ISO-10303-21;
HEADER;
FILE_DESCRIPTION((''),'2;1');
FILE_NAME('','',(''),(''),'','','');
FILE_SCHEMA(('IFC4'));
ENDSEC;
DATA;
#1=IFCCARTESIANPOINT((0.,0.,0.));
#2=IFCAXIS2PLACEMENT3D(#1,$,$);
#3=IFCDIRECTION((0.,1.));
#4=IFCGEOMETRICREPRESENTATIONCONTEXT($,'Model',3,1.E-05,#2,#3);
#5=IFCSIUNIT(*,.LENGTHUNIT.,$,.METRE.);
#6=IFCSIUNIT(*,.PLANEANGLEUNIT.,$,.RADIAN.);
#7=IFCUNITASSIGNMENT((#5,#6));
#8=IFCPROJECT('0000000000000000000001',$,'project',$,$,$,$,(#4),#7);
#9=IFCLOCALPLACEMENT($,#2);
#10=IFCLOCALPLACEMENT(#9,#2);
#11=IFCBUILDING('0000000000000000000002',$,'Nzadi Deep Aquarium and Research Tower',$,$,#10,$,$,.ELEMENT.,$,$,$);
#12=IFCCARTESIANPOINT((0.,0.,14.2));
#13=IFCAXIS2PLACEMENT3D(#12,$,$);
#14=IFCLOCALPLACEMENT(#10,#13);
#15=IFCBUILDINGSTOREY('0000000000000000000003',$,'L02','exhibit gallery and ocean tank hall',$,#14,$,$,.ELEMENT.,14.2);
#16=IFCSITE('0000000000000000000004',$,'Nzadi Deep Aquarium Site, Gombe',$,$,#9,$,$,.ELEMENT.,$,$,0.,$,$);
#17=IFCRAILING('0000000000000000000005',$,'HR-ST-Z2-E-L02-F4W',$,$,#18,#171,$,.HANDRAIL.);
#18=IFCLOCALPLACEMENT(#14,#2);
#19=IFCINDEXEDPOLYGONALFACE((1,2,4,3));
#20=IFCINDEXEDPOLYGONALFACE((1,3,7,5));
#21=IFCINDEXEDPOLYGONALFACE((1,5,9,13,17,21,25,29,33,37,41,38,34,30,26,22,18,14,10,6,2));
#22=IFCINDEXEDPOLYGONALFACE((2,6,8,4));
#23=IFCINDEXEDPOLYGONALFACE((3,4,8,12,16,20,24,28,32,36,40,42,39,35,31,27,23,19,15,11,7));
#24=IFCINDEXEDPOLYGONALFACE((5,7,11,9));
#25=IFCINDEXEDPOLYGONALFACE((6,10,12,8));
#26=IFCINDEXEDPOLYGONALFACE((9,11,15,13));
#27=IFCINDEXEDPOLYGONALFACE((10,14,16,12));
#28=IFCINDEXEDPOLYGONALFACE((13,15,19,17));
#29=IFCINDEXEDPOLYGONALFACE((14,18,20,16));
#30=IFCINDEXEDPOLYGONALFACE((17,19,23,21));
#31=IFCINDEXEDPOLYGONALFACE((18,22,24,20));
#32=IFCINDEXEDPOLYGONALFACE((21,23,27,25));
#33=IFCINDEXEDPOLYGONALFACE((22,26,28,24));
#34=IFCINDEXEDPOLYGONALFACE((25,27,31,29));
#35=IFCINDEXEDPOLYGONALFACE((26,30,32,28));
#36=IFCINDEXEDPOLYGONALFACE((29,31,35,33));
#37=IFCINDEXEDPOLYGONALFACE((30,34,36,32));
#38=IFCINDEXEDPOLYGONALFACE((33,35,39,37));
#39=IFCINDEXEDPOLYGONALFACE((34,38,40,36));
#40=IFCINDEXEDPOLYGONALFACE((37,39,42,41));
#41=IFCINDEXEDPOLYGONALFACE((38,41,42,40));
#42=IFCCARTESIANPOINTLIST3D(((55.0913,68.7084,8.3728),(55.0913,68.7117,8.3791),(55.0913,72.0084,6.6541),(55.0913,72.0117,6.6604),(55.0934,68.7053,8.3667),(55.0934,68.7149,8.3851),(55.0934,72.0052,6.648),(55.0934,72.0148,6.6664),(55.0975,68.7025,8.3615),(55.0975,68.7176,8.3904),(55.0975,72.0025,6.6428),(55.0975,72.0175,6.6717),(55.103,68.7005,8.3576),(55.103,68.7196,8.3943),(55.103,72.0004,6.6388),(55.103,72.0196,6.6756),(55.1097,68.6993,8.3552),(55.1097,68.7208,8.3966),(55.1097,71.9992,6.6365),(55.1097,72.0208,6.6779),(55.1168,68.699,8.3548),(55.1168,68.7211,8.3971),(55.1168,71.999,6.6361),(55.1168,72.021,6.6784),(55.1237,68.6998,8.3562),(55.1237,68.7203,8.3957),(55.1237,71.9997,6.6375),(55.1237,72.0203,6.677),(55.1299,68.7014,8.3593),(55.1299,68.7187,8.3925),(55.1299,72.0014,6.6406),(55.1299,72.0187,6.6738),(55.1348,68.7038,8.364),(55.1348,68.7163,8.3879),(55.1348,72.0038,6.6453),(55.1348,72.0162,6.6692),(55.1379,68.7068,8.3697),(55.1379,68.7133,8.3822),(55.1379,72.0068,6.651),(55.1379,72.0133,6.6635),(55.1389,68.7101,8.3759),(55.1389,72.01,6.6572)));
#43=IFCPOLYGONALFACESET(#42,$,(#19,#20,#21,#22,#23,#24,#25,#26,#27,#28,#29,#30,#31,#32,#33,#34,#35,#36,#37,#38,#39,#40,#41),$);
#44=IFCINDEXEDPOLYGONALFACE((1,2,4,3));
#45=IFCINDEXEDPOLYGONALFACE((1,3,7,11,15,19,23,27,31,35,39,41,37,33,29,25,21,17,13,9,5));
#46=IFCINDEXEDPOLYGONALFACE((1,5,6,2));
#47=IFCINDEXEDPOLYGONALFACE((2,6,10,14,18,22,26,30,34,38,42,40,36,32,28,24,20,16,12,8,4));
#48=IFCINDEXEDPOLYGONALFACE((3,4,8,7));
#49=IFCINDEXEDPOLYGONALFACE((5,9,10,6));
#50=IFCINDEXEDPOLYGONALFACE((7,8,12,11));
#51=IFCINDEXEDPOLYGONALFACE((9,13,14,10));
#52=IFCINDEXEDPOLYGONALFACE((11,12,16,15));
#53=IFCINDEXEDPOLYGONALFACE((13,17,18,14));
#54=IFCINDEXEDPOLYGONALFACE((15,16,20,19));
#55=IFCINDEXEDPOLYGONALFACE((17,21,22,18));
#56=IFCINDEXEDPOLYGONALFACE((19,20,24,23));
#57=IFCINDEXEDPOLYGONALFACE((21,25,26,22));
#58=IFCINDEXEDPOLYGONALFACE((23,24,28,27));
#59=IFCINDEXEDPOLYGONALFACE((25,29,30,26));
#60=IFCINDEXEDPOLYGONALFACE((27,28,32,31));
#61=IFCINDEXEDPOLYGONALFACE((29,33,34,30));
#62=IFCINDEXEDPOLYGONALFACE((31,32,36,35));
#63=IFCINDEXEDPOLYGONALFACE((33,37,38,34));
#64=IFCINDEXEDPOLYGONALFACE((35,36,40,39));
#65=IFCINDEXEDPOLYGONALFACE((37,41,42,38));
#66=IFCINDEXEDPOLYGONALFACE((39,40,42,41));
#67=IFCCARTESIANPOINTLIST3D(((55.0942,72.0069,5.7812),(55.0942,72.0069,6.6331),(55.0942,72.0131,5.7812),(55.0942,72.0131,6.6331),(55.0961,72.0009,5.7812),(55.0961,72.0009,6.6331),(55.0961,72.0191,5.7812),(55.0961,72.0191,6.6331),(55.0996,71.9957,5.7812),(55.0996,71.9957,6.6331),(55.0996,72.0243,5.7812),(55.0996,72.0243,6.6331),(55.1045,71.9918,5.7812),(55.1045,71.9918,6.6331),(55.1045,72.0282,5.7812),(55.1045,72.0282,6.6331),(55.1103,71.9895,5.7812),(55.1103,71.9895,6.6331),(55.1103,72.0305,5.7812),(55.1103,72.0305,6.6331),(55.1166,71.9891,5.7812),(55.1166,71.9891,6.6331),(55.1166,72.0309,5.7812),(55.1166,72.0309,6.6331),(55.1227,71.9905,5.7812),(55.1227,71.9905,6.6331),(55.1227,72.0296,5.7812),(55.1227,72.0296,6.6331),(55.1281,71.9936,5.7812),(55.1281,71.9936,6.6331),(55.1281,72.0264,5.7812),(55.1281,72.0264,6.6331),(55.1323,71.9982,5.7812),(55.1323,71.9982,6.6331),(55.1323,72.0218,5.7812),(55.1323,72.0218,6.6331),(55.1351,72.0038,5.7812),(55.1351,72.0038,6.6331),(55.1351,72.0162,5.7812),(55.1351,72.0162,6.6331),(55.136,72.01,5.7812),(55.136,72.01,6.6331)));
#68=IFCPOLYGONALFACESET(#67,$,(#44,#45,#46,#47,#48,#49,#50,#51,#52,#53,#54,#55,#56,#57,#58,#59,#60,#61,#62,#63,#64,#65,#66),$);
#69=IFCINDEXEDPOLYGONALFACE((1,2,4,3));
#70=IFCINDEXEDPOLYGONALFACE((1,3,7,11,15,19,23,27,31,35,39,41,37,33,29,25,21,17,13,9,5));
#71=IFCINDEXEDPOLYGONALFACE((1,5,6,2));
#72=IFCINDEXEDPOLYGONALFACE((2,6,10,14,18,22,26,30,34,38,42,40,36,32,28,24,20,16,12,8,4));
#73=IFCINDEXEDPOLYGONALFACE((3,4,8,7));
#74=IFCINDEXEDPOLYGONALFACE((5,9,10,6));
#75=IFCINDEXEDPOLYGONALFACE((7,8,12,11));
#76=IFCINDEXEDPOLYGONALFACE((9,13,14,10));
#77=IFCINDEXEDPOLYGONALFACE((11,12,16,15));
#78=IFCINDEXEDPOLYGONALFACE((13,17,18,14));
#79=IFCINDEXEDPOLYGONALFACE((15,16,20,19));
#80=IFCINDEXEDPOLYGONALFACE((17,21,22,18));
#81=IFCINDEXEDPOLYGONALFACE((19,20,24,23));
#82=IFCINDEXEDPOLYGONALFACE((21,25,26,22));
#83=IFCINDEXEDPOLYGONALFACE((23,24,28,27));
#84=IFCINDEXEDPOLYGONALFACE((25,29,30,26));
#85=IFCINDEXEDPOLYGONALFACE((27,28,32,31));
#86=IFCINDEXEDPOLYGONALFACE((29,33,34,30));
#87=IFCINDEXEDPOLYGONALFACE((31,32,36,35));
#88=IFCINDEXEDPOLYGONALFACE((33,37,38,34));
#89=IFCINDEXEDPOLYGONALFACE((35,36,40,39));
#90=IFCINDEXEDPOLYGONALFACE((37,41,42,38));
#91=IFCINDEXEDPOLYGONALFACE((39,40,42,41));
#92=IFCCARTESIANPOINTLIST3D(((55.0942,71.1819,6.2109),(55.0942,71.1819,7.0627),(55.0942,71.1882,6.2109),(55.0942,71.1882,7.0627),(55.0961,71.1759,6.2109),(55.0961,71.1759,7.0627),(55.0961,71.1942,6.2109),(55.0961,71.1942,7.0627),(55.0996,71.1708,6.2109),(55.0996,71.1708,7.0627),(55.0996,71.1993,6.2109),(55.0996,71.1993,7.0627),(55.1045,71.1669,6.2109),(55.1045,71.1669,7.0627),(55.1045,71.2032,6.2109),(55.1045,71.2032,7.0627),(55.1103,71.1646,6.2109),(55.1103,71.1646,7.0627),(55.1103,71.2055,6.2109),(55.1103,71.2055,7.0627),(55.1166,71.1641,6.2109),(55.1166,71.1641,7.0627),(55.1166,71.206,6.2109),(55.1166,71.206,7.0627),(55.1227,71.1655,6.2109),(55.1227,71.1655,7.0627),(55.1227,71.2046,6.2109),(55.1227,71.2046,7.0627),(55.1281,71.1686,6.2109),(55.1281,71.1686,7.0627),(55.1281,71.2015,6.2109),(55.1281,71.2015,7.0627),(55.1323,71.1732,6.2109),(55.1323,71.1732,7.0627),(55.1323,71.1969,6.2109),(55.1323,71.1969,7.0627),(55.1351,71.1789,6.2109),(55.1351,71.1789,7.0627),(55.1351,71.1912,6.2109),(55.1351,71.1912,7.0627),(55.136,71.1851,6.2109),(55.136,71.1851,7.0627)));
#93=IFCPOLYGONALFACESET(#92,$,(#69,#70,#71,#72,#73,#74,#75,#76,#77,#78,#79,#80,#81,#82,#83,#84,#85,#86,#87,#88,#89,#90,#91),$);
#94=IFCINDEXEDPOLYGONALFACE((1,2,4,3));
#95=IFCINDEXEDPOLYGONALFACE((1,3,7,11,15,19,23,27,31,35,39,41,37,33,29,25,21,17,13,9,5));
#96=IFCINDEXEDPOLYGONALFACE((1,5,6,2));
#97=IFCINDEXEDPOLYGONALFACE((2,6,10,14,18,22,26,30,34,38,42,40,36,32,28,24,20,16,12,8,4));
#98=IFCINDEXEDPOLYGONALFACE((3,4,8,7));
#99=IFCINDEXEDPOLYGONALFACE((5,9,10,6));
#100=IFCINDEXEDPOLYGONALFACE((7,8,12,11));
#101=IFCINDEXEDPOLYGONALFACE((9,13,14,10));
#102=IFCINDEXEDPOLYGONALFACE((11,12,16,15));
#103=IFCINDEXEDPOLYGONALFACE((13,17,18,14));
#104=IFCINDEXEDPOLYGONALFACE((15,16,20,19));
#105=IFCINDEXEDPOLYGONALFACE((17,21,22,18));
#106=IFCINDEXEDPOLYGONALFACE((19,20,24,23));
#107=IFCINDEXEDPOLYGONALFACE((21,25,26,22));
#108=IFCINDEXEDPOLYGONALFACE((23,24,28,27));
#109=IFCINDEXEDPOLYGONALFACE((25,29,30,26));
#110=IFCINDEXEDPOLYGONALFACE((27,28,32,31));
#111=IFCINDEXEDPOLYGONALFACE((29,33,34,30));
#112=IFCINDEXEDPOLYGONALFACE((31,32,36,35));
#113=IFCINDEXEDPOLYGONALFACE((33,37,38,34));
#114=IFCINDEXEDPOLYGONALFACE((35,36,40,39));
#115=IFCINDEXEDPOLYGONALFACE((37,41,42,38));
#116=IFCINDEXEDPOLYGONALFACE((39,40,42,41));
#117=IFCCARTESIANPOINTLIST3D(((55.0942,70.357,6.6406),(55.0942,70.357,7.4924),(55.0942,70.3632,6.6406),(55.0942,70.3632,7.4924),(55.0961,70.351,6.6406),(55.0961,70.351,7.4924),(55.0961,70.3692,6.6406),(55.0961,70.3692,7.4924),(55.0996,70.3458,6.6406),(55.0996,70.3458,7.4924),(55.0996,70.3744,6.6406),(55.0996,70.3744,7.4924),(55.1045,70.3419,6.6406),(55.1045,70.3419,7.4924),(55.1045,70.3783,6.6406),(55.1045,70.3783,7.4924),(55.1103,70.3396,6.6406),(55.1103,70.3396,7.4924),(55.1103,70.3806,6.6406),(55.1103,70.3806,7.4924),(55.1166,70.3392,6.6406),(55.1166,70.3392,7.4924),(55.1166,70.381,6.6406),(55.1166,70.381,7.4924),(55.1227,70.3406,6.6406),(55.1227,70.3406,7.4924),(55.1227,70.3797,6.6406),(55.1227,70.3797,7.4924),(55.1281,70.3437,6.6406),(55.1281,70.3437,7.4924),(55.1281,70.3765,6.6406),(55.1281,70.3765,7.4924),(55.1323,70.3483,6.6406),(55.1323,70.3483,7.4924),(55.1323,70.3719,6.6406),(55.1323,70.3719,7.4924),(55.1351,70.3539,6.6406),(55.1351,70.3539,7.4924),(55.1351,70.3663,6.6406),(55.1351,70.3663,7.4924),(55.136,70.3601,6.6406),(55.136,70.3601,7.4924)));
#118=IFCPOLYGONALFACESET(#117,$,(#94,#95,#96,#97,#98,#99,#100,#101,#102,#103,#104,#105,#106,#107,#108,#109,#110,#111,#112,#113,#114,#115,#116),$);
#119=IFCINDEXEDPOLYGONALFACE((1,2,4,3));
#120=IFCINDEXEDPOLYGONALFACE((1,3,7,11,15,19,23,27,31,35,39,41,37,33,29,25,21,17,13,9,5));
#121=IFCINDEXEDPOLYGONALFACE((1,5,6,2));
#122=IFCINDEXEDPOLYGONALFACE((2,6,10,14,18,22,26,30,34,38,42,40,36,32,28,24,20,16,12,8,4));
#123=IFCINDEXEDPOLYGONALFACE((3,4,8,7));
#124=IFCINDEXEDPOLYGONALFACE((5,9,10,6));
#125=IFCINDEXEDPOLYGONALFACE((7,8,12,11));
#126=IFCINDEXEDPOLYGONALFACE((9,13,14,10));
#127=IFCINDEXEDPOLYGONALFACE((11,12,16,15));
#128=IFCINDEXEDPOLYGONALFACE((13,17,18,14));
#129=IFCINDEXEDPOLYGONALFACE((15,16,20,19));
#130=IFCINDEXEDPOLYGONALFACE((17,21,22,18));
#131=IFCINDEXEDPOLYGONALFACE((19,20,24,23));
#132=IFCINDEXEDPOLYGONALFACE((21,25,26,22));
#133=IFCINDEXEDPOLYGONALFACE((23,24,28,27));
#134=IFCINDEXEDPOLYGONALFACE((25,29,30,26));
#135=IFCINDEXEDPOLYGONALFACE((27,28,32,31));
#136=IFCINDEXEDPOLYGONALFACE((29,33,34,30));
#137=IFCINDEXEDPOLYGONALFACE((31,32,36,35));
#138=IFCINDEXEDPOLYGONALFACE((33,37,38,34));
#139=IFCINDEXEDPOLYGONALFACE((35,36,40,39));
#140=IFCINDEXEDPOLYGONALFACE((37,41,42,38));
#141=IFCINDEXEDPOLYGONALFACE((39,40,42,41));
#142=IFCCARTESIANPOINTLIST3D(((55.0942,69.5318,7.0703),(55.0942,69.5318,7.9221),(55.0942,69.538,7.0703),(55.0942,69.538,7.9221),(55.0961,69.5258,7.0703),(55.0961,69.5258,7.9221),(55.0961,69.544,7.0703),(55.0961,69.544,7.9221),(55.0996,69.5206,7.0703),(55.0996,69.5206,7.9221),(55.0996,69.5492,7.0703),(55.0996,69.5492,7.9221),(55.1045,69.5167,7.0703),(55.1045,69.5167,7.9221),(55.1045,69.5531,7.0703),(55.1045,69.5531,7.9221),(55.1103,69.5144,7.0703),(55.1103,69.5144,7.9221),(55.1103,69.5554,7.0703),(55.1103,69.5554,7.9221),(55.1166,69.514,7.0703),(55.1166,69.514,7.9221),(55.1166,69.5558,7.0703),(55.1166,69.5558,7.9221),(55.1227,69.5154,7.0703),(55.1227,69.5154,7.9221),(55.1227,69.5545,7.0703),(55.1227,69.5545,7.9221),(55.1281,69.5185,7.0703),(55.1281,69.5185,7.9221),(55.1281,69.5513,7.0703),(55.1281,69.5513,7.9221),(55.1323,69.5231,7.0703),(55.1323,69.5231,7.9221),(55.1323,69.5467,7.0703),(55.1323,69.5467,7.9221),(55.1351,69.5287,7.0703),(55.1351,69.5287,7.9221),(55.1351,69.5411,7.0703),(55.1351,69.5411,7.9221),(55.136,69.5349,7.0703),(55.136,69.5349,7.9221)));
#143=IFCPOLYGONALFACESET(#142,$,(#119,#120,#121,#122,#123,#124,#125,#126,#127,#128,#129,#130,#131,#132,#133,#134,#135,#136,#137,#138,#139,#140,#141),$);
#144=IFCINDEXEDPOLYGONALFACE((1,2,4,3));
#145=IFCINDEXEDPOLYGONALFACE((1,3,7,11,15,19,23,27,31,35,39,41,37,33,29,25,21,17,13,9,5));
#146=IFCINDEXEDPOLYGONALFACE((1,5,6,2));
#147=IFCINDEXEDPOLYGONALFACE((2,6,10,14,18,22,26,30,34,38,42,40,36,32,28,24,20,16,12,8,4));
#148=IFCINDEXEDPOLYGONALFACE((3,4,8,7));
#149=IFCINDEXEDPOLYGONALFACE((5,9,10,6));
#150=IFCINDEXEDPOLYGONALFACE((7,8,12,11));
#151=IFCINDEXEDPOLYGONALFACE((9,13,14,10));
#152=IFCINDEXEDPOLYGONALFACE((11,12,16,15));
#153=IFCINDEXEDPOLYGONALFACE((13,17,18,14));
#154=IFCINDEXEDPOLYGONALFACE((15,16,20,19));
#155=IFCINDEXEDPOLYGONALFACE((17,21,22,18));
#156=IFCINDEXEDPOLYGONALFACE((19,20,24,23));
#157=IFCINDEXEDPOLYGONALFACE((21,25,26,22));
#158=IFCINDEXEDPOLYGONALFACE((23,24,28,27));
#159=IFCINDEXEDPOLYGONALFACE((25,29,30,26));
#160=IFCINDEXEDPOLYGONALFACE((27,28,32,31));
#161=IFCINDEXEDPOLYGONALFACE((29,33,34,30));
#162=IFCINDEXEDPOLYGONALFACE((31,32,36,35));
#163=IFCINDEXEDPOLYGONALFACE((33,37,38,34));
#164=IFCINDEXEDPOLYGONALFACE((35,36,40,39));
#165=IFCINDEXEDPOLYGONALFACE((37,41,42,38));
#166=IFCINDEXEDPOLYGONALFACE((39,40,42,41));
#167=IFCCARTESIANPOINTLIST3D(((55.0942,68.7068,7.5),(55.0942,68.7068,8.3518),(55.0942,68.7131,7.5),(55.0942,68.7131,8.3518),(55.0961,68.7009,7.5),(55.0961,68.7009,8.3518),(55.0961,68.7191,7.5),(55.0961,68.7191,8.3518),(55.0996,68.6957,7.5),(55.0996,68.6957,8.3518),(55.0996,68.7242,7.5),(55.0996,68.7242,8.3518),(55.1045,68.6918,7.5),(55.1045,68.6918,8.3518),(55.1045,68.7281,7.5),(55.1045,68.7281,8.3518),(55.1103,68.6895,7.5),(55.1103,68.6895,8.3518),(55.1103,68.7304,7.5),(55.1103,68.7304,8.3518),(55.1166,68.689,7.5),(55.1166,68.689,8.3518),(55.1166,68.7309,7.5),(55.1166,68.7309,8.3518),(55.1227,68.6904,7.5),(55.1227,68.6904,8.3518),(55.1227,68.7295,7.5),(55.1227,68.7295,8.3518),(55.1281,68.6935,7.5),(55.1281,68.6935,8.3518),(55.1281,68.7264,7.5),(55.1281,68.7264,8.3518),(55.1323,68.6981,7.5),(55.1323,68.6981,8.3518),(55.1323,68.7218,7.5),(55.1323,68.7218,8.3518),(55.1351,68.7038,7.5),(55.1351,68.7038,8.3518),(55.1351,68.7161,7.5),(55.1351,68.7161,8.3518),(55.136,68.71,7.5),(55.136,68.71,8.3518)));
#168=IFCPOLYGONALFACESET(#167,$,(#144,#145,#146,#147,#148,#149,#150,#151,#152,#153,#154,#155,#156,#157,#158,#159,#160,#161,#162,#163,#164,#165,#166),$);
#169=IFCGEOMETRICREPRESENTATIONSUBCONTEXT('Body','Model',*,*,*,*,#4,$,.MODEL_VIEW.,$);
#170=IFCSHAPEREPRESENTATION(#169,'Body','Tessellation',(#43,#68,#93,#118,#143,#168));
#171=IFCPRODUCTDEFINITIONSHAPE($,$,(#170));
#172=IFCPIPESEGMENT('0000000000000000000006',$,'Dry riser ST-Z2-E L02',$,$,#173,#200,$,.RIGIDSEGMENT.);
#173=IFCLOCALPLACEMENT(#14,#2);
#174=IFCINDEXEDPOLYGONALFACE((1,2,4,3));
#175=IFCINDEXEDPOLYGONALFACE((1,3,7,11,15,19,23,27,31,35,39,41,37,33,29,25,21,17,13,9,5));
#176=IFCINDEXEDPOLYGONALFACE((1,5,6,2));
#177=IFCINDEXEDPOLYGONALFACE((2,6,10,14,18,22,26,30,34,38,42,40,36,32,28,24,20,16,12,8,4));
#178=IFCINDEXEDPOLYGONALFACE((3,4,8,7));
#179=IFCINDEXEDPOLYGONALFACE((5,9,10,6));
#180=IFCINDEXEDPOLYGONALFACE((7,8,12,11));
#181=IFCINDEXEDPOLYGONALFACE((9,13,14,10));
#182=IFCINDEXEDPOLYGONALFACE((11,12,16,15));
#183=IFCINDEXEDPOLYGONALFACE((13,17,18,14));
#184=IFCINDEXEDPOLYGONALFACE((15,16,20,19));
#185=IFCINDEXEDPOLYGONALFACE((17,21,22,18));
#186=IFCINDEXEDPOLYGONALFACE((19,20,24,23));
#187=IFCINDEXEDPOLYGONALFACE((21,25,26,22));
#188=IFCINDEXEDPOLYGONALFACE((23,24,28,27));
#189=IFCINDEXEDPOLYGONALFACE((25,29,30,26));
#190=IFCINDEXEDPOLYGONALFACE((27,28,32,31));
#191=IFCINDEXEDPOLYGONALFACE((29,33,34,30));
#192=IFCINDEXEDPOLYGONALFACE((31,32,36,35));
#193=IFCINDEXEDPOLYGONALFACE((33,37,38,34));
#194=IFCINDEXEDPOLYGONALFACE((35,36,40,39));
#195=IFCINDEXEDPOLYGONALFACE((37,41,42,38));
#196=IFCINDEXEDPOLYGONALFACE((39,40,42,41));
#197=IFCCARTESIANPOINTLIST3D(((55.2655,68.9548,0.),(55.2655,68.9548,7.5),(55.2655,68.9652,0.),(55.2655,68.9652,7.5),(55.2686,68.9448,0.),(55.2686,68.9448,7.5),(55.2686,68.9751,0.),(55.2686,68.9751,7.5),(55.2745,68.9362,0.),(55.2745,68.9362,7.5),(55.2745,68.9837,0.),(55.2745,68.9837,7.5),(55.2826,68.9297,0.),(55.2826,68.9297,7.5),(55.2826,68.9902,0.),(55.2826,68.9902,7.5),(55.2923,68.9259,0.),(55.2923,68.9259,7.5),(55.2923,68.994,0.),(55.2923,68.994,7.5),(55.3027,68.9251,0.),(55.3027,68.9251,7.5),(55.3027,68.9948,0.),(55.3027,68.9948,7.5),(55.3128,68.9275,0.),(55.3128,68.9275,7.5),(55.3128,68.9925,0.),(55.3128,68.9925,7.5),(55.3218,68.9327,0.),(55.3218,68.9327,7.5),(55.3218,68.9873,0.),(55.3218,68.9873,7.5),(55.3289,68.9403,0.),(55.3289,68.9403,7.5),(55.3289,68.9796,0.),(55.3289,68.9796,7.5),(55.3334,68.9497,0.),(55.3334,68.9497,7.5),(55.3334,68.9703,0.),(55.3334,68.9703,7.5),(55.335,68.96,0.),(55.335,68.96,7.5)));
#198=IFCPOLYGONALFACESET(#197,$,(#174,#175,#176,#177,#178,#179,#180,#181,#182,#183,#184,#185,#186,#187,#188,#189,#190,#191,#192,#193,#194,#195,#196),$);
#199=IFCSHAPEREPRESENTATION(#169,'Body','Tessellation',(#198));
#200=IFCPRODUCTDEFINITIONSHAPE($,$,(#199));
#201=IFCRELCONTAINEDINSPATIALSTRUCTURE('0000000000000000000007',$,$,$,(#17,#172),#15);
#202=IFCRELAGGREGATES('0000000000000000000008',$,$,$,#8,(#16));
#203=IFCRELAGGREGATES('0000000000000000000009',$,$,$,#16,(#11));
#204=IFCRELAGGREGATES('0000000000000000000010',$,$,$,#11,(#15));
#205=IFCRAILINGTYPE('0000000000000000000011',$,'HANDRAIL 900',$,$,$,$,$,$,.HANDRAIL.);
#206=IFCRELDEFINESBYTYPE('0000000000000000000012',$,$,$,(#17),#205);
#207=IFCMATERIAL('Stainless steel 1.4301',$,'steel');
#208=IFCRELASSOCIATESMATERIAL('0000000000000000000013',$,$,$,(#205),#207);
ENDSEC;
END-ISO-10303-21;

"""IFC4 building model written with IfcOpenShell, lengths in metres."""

from ifc_helpers import new_model, si_unit, direction, frame, origin, origin_2d, place, context, subcontext, project, spatial, circle, extrude, material, type_object, element, save


model = new_model("IFC4")

# Units and contexts
model_context = context("Model", 3, precision=1e-05, world=origin(), true_north=direction((0.0, 1.0)))
body_context = subcontext(model_context, "Body", "Model", "MODEL_VIEW")
ifc_project = project(units=[si_unit("LENGTHUNIT", "METRE"), si_unit("PLANEANGLEUNIT", "RADIAN")], contexts=[model_context])

# Site, building, storey
site_placement = place(None, origin())
site = spatial("IfcSite", under=ifc_project, at=site_placement, Name="Nzadi Deep Aquarium Site, Gombe", CompositionType="ELEMENT", RefElevation=0.0)
building_placement = place(site_placement, origin())
building = spatial("IfcBuilding", under=site, at=building_placement, Name="Nzadi Deep Aquarium and Research Tower", CompositionType="ELEMENT")
storey_placement = place(building_placement, frame((0.0, 0.0, 14.2)))
storey = spatial("IfcBuildingStorey", under=building, at=storey_placement, Name="L02", Description="exhibit gallery and ocean tank hall", CompositionType="ELEMENT", Elevation=14.2)

# Railing
ifc_material_1 = material(Name="Stainless steel 1.4301", Category="steel")
railing_type = type_object("IfcRailingType", Name="HANDRAIL 900", PredefinedType="HANDRAIL", material=ifc_material_1)
for number, where, name in (
    (1, (55.115, 72.01, 5.7812), "HR-ST-Z2-E-L02-F4W"),
):
    element("IfcRailing", number, at=place(storey_placement, frame(where)), inside=storey, type_object=railing_type, Name=name, PredefinedType="HANDRAIL", context=body_context, shape_type="SweptSolid", body=[
        extrude(circle(Radius=0.0239, at=origin_2d()), frame((0.0, 0.0, 0.876), z_axis=(0.0, -0.886917, 0.461929), x_axis=(1.0, 0.0, 0.0)), (0.0, 0.0, 1.0), 3.7207),
        extrude(circle(Radius=0.021, at=origin_2d()), origin(), (0.0, 0.0, 1.0), 0.8518),
        extrude(circle(Radius=0.021, at=origin_2d()), frame((0.0, -0.825, 0.4297)), (0.0, 0.0, 1.0), 0.8518),
        extrude(circle(Radius=0.021, at=origin_2d()), frame((0.0, -1.6499, 0.8594)), (0.0, 0.0, 1.0), 0.8518),
        extrude(circle(Radius=0.021, at=origin_2d()), frame((0.0, -2.4751, 1.2891)), (0.0, 0.0, 1.0), 0.8518),
        extrude(circle(Radius=0.021, at=origin_2d()), frame((0.0, -3.3, 1.7188)), (0.0, 0.0, 1.0), 0.8518),
    ])

# Pipe segment
pipe_segment_placement = place(storey_placement, frame((55.3, 68.96, 0.0), z_axis=(0.0, 0.0, 1.0), x_axis=(1.0, 0.0, 0.0)))
element("IfcPipeSegment", 2, at=pipe_segment_placement, inside=storey, Name="Dry riser ST-Z2-E L02", PredefinedType="RIGIDSEGMENT", context=body_context, shape_type="SweptSolid", body=[
    extrude(circle(Radius=0.0349, at=origin_2d()), origin(), (0.0, 0.0, 1.0), 7.5),
])

save(model, "model.ifc")
